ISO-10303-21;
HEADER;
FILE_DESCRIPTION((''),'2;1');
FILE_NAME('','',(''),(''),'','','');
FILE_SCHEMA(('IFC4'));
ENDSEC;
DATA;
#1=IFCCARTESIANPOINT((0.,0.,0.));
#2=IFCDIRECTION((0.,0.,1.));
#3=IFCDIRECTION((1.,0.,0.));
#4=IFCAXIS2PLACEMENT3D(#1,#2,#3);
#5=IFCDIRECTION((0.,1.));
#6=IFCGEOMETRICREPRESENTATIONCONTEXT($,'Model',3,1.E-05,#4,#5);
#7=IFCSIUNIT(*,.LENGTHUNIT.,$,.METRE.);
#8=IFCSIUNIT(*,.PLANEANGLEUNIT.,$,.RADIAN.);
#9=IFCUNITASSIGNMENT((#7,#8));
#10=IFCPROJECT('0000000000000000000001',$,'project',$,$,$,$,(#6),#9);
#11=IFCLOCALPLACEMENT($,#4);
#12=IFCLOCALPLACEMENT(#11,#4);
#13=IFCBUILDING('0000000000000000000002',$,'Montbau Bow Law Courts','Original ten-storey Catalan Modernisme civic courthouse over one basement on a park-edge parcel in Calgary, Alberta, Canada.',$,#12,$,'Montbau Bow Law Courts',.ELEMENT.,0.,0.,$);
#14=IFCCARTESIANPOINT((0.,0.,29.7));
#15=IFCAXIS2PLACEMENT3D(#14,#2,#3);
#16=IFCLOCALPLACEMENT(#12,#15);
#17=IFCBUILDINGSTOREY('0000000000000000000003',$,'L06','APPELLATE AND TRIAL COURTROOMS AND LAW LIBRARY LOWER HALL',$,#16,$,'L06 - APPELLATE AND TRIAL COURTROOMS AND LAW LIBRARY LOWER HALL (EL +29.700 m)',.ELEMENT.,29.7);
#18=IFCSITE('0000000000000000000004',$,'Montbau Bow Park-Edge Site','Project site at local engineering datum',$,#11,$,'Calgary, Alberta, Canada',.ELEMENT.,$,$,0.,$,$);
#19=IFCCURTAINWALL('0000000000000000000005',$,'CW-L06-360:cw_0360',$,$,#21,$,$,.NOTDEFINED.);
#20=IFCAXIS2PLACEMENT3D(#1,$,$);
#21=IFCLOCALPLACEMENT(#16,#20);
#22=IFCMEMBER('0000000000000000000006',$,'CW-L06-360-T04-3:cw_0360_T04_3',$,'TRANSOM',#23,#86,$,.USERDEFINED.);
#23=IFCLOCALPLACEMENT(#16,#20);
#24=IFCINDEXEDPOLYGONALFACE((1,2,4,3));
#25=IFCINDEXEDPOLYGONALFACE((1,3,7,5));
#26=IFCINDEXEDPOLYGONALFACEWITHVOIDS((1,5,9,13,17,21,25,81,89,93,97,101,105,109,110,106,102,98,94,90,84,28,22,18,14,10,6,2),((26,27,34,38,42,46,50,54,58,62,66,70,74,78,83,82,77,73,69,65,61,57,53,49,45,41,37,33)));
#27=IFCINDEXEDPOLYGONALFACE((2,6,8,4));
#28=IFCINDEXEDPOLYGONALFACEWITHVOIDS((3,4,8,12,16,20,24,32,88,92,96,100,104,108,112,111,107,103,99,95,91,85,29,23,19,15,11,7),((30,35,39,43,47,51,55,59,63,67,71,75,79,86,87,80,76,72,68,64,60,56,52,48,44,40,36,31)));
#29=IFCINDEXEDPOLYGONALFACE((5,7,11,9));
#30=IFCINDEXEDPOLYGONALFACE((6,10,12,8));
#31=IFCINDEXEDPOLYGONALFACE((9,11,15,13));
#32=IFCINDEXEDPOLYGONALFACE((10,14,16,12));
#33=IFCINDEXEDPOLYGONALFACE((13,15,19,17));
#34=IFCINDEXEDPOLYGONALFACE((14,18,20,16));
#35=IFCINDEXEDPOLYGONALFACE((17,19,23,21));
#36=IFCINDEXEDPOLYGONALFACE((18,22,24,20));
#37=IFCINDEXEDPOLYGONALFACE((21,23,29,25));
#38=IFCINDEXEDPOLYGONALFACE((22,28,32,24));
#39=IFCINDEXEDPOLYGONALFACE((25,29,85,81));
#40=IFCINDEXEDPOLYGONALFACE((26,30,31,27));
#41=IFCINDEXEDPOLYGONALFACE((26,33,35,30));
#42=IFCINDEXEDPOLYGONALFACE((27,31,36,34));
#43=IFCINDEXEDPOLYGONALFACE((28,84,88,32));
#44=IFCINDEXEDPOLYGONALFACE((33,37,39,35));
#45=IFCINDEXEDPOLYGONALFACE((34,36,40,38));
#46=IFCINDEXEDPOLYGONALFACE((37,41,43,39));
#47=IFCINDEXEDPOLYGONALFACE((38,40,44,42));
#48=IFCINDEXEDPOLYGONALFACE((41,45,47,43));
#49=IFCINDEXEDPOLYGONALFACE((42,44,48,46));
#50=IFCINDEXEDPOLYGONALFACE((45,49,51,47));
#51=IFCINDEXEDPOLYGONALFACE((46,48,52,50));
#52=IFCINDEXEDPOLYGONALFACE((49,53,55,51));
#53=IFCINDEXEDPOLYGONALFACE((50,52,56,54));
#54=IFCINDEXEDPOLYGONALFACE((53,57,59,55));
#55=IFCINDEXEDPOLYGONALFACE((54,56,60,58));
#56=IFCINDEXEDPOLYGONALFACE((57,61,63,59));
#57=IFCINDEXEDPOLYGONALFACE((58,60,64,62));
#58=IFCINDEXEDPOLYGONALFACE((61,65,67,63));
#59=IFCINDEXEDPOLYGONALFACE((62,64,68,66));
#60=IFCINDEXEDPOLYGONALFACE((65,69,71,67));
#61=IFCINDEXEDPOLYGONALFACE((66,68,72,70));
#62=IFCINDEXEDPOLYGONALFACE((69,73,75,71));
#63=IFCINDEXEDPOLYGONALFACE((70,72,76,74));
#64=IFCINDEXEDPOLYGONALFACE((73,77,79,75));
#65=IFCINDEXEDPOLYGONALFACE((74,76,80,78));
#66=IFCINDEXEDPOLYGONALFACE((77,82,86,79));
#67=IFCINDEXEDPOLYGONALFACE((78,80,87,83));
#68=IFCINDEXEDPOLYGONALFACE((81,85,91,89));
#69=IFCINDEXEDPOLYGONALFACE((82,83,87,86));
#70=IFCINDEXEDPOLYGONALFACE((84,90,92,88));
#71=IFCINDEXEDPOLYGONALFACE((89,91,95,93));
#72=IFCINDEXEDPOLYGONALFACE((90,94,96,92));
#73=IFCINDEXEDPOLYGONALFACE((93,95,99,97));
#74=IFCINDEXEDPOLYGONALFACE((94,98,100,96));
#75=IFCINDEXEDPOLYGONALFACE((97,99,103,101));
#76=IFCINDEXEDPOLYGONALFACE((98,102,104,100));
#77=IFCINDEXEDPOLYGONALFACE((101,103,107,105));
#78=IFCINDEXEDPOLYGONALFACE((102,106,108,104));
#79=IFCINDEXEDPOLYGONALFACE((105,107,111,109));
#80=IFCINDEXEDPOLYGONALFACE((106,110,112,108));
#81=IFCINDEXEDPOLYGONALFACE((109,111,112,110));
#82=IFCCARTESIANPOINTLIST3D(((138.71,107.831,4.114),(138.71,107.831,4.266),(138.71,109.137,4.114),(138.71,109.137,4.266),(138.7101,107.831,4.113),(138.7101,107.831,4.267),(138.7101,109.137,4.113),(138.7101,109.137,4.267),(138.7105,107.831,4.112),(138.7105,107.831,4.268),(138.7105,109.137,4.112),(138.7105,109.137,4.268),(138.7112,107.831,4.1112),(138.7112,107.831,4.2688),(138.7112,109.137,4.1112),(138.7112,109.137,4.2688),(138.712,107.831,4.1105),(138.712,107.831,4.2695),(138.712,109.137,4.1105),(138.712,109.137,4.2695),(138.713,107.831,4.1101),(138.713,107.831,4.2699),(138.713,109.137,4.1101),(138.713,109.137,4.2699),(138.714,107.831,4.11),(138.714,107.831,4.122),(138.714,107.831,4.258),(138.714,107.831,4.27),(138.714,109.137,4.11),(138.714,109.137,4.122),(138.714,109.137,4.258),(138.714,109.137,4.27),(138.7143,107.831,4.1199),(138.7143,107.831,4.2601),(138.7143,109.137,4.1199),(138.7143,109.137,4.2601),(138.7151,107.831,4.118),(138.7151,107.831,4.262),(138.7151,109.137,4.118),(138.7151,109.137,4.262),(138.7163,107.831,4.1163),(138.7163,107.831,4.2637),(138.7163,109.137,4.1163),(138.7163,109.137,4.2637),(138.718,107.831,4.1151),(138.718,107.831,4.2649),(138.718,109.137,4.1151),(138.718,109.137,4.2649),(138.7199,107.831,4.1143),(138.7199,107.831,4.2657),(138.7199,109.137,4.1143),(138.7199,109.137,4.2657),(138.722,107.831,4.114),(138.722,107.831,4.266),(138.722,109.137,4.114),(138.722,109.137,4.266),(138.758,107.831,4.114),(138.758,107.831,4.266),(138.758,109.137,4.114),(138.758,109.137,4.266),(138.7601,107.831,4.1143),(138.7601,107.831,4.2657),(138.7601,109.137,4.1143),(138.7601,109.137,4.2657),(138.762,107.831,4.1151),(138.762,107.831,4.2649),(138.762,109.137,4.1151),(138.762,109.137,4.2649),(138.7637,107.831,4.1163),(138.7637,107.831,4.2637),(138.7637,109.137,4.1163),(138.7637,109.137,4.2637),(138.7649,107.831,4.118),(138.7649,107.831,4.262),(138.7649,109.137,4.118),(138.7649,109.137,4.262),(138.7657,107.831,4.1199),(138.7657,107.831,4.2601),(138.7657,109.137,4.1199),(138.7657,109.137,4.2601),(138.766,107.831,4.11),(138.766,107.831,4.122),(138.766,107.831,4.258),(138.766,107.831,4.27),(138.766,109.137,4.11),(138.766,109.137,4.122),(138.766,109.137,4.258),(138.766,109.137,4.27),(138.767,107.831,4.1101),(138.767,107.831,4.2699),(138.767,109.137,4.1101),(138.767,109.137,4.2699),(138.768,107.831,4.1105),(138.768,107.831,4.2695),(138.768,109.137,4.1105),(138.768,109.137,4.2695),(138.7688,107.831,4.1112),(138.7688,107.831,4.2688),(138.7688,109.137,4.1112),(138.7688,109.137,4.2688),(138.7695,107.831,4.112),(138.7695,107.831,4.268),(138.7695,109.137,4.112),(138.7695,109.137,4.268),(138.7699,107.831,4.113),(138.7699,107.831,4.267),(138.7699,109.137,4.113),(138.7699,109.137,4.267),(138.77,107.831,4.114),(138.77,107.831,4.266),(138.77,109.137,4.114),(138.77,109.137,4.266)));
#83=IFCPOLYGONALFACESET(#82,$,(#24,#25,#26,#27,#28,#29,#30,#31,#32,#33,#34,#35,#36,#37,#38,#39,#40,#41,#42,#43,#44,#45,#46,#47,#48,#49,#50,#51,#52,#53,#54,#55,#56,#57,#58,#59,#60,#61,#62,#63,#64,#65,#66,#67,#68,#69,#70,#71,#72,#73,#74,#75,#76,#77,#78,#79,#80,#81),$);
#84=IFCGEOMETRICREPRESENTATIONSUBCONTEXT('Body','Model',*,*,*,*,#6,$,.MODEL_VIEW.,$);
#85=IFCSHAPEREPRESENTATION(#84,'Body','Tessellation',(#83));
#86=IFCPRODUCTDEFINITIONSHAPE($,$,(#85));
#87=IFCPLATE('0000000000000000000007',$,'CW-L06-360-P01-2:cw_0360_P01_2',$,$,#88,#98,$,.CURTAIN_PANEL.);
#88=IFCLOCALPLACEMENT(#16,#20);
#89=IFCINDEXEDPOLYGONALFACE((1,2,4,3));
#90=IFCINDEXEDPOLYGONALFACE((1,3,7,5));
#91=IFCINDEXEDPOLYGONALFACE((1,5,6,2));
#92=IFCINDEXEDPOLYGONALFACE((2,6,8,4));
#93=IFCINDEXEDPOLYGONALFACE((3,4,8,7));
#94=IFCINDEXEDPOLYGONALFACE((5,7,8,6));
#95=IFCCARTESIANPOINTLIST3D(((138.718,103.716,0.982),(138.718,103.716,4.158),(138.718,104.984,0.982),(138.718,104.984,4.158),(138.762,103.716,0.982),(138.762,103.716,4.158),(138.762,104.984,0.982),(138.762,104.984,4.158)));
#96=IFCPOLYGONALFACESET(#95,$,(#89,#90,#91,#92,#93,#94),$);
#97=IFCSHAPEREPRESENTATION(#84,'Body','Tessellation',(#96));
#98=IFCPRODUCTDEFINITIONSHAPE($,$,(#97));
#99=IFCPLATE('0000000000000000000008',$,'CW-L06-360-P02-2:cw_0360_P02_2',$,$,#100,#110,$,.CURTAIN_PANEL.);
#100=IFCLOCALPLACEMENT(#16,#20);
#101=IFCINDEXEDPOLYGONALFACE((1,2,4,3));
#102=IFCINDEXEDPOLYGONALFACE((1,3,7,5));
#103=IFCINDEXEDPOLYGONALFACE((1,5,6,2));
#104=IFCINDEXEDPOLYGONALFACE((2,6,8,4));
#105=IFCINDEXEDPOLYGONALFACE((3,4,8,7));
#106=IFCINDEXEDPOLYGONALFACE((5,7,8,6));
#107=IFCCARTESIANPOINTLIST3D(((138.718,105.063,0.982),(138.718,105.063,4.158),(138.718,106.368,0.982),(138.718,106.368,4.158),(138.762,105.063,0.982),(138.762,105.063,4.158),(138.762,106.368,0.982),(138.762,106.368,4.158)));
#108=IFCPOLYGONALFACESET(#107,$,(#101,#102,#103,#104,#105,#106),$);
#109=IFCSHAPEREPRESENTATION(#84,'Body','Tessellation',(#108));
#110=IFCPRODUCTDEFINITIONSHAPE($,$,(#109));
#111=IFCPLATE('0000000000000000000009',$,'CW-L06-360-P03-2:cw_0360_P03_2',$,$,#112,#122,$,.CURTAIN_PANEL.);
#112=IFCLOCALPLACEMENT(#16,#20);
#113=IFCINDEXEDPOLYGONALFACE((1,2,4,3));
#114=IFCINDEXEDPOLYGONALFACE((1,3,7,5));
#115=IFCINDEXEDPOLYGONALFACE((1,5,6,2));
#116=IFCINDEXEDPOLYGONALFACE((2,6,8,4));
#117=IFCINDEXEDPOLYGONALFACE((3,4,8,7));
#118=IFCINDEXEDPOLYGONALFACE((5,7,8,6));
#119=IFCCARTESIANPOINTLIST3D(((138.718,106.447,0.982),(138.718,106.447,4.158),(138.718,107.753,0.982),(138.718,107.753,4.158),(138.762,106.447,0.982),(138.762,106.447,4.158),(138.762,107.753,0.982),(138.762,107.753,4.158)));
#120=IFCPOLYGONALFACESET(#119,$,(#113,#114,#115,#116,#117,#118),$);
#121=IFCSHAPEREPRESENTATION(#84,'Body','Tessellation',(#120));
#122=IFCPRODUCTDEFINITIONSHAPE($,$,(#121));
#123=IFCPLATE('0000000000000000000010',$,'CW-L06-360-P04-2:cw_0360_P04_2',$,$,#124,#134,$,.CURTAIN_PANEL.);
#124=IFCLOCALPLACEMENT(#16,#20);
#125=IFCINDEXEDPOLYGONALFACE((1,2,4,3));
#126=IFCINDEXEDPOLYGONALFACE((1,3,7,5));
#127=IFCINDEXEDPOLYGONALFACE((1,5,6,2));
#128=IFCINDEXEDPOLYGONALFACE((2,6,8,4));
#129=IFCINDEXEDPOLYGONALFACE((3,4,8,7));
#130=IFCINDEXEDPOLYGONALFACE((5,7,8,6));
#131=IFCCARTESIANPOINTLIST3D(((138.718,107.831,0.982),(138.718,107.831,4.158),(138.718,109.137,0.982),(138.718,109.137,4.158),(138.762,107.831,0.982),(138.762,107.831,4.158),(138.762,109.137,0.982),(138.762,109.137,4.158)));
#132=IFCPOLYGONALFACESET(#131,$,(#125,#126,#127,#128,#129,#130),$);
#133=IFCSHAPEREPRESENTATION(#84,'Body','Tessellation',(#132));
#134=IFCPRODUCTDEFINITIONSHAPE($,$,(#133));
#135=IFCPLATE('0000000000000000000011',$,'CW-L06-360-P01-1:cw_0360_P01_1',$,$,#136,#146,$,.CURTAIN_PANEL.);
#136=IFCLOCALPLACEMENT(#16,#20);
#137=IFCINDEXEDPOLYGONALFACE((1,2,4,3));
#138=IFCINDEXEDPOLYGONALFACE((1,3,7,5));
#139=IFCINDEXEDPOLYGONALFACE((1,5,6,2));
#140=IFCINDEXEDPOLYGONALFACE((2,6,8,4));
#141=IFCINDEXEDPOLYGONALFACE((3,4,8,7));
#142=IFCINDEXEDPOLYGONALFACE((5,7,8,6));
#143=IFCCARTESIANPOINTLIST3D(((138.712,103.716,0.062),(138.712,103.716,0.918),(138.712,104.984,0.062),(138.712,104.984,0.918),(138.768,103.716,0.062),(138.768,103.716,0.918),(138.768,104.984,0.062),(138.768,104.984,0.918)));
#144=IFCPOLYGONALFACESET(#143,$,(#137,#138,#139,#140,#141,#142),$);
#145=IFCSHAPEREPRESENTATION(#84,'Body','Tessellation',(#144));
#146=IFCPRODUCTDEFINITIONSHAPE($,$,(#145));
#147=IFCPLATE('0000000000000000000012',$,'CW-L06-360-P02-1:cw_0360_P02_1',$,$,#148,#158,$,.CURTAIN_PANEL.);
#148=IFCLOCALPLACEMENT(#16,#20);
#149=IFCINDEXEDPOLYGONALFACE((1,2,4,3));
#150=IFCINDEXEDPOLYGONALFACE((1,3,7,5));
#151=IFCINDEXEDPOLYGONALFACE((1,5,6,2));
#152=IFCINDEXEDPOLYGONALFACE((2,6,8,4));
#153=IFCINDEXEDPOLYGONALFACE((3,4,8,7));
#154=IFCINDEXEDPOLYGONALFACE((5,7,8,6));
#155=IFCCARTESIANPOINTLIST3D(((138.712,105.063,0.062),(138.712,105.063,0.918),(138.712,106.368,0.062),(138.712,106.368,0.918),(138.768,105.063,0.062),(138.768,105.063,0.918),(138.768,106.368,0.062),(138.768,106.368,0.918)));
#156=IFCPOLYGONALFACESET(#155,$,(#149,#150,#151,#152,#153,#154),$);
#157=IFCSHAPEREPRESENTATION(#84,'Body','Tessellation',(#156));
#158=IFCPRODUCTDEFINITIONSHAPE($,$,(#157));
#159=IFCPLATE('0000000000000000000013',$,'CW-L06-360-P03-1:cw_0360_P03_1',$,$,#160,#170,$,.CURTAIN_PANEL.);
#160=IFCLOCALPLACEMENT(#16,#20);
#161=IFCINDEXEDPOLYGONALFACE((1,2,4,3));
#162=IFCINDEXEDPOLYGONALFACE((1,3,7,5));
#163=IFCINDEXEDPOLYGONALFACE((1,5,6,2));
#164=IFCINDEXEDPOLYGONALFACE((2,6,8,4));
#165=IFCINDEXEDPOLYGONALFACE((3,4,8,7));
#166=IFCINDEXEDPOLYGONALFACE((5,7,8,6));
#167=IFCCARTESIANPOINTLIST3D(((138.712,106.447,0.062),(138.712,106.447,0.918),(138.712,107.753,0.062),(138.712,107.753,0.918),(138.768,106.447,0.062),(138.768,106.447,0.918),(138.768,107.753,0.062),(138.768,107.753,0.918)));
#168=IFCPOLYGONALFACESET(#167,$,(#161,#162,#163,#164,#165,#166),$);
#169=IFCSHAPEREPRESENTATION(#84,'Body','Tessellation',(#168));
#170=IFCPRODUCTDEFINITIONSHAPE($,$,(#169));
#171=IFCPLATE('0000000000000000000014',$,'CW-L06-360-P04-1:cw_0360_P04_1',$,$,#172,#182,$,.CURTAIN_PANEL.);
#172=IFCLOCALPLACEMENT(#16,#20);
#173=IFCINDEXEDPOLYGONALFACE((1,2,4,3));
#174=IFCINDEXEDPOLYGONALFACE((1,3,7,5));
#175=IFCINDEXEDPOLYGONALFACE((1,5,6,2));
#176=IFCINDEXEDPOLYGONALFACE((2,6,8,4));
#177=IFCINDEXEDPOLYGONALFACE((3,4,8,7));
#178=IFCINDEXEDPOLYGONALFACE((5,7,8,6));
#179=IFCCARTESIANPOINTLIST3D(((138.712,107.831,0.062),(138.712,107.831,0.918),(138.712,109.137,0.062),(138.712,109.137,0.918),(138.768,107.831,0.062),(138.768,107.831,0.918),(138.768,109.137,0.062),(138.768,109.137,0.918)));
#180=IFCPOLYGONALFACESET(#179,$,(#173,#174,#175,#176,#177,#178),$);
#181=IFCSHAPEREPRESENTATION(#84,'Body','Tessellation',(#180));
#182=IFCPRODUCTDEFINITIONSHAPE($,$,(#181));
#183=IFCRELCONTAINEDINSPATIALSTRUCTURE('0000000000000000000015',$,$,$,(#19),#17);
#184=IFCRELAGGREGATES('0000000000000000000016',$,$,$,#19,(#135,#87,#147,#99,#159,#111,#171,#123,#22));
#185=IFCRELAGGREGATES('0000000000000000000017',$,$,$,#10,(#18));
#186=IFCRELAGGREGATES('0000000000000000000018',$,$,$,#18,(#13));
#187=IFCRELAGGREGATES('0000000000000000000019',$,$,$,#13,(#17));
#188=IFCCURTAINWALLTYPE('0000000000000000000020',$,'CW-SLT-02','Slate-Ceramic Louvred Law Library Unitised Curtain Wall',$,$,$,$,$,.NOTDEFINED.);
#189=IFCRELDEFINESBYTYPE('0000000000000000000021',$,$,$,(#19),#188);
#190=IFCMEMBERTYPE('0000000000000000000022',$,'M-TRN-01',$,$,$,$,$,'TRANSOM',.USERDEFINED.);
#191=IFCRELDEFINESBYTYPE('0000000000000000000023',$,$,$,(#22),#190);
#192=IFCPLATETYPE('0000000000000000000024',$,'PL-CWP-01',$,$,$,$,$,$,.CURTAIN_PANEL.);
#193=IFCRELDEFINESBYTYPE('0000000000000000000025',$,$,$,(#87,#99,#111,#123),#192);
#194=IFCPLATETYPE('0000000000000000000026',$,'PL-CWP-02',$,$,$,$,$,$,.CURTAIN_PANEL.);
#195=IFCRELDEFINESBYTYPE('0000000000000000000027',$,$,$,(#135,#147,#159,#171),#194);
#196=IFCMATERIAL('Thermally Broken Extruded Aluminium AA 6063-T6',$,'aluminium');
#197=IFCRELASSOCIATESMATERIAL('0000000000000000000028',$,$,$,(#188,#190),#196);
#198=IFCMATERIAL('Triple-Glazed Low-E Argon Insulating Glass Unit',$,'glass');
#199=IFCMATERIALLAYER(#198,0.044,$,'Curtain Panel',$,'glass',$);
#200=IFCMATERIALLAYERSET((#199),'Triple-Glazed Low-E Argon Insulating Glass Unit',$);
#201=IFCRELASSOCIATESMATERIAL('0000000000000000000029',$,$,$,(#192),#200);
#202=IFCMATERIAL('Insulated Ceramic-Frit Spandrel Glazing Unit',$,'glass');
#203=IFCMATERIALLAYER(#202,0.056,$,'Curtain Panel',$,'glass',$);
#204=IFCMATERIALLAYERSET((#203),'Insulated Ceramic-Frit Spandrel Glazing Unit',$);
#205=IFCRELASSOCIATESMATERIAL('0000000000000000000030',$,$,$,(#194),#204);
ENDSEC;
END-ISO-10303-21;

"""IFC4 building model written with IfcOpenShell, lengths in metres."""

from ifc_helpers import new_model, si_unit, direction, frame, frame_2d, origin_with_axes, origin_2d_with_axis, place, context, subcontext, project, spatial, rectangle, hollow_rectangle, extrude, material, layer, layer_set, material_profile, profile_set, type_object, element, aggregate, save


model = new_model("IFC4")

# Units and contexts
model_context = context("Model", 3, precision=1e-05, world=origin_with_axes(), true_north=direction((0.0, 1.0)))
body_context = subcontext(model_context, "Body", "Model", "MODEL_VIEW")
ifc_project = project(units=[si_unit("LENGTHUNIT", "METRE"), si_unit("PLANEANGLEUNIT", "RADIAN")], contexts=[model_context])

# Site, building, storey
site_placement = place(None, origin_with_axes())
site = spatial("IfcSite", under=ifc_project, at=site_placement, Name="Montbau Bow Park-Edge Site", Description="Project site at local engineering datum", LongName="Calgary, Alberta, Canada", CompositionType="ELEMENT", RefElevation=0.0)
building_placement = place(site_placement, origin_with_axes())
building = spatial("IfcBuilding", under=site, at=building_placement, Name="Montbau Bow Law Courts", Description="Original ten-storey Catalan Modernisme civic courthouse over one basement on a park-edge parcel in Calgary, Alberta, Canada.", LongName="Montbau Bow Law Courts", CompositionType="ELEMENT", ElevationOfRefHeight=0.0, ElevationOfTerrain=0.0)
storey_placement = place(building_placement, frame((0.0, 0.0, 29.7), z_axis=(0.0, 0.0, 1.0), x_axis=(1.0, 0.0, 0.0)))
storey = spatial("IfcBuildingStorey", under=building, at=storey_placement, Name="L06", Description="APPELLATE AND TRIAL COURTROOMS AND LAW LIBRARY LOWER HALL", LongName="L06 - APPELLATE AND TRIAL COURTROOMS AND LAW LIBRARY LOWER HALL (EL +29.700 m)", CompositionType="ELEMENT", Elevation=29.7)

# Curtain wall, member, plates
ifc_material_1 = material(Name="Thermally Broken Extruded Aluminium AA 6063-T6", Category="aluminium")
curtain_wall_type = type_object("IfcCurtainWallType", Name="CW-SLT-02", Description="Slate-Ceramic Louvred Law Library Unitised Curtain Wall", PredefinedType="NOTDEFINED", material=ifc_material_1)
curtain_wall_placement = place(None, frame((138.74, 103.64, 29.7), z_axis=(0.0, 0.0, 1.0), x_axis=(1.0, 0.0, 0.0)))
curtain_wall = element("IfcCurtainWall", 1, at=curtain_wall_placement, inside=storey, type_object=curtain_wall_type, Name="CW-L06-360:cw_0360", PredefinedType="NOTDEFINED")
ifc_material_profile_1 = material_profile(ifc_material_1, hollow_rectangle(XDim=0.06, YDim=0.16, WallThickness=0.004, InnerFilletRadius=0.008, OuterFilletRadius=0.004, at=origin_2d_with_axis()), Name="CWT-160X60", Category="Main", Priority=0)
ifc_profile_set_1 = profile_set([ifc_material_profile_1], Name="Thermally Broken Extruded Aluminium AA 6063-T6")
member_type_1 = type_object("IfcMemberType", Name="M-TRN-01", ElementType="TRANSOM", PredefinedType="USERDEFINED", material=ifc_profile_set_1)
member_1_placement = place(None, frame((138.74, 107.831, 33.89), z_axis=(0.0, 1.0, 0.0), x_axis=(-1.0, 0.0, 0.0)))
member_1 = element("IfcMember", 2, at=member_1_placement, type_object=member_type_1, Name="CW-L06-360-T04-3:cw_0360_T04_3", ObjectType="TRANSOM", PredefinedType="USERDEFINED", context=body_context, shape_type="SweptSolid", body=[
    extrude(hollow_rectangle(XDim=0.06, YDim=0.16, WallThickness=0.004, InnerFilletRadius=0.008, OuterFilletRadius=0.004, at=origin_2d_with_axis()), origin_with_axes(), (0.0, 0.0, 1.0), 1.306),
])
ifc_material_2 = material(Name="Triple-Glazed Low-E Argon Insulating Glass Unit", Category="glass")
ifc_layer_1 = layer(ifc_material_2, 0.044, Name="Curtain Panel", Category="glass")
ifc_layer_set_1 = layer_set([ifc_layer_1], Name="Triple-Glazed Low-E Argon Insulating Glass Unit")
plate_type_1 = type_object("IfcPlateType", Name="PL-CWP-01", PredefinedType="CURTAIN_PANEL", material=ifc_layer_set_1)
plate_1_placement = place(None, frame((138.74, 103.716, 30.682), z_axis=(1.0, 0.0, 0.0), x_axis=(0.0, 1.0, 0.0)))
plate_1 = element("IfcPlate", 3, at=plate_1_placement, type_object=plate_type_1, Name="CW-L06-360-P01-2:cw_0360_P01_2", PredefinedType="CURTAIN_PANEL", context=body_context, shape_type="SweptSolid", body=[
    extrude(rectangle(XDim=1.268, YDim=3.176, at=frame_2d((0.634, 1.588), x_axis=(1.0, 0.0))), frame((0.0, 0.0, -0.022), z_axis=(0.0, 0.0, 1.0), x_axis=(1.0, 0.0, 0.0)), (0.0, 0.0, 1.0), 0.044),
])
plate_2_placement = place(None, frame((138.74, 105.063, 30.682), z_axis=(1.0, 0.0, 0.0), x_axis=(0.0, 1.0, 0.0)))
plate_2 = element("IfcPlate", 4, at=plate_2_placement, type_object=plate_type_1, Name="CW-L06-360-P02-2:cw_0360_P02_2", PredefinedType="CURTAIN_PANEL", context=body_context, shape_type="SweptSolid", body=[
    extrude(rectangle(XDim=1.305, YDim=3.176, at=frame_2d((0.6525, 1.588), x_axis=(1.0, 0.0))), frame((0.0, 0.0, -0.022), z_axis=(0.0, 0.0, 1.0), x_axis=(1.0, 0.0, 0.0)), (0.0, 0.0, 1.0), 0.044),
])
plate_3_placement = place(None, frame((138.74, 106.447, 30.682), z_axis=(1.0, 0.0, 0.0), x_axis=(0.0, 1.0, 0.0)))
plate_3 = element("IfcPlate", 5, at=plate_3_placement, type_object=plate_type_1, Name="CW-L06-360-P03-2:cw_0360_P03_2", PredefinedType="CURTAIN_PANEL", context=body_context, shape_type="SweptSolid", body=[
    extrude(rectangle(XDim=1.306, YDim=3.176, at=frame_2d((0.653, 1.588), x_axis=(1.0, 0.0))), frame((0.0, 0.0, -0.022), z_axis=(0.0, 0.0, 1.0), x_axis=(1.0, 0.0, 0.0)), (0.0, 0.0, 1.0), 0.044),
])
plate_4_placement = place(None, frame((138.74, 107.831, 30.682), z_axis=(1.0, 0.0, 0.0), x_axis=(0.0, 1.0, 0.0)))
plate_4 = element("IfcPlate", 6, at=plate_4_placement, type_object=plate_type_1, Name="CW-L06-360-P04-2:cw_0360_P04_2", PredefinedType="CURTAIN_PANEL", context=body_context, shape_type="SweptSolid", body=[
    extrude(rectangle(XDim=1.306, YDim=3.176, at=frame_2d((0.653, 1.588), x_axis=(1.0, 0.0))), frame((0.0, 0.0, -0.022), z_axis=(0.0, 0.0, 1.0), x_axis=(1.0, 0.0, 0.0)), (0.0, 0.0, 1.0), 0.044),
])
ifc_material_3 = material(Name="Insulated Ceramic-Frit Spandrel Glazing Unit", Category="glass")
ifc_layer_2 = layer(ifc_material_3, 0.056, Name="Curtain Panel", Category="glass")
ifc_layer_set_2 = layer_set([ifc_layer_2], Name="Insulated Ceramic-Frit Spandrel Glazing Unit")
plate_type_2 = type_object("IfcPlateType", Name="PL-CWP-02", PredefinedType="CURTAIN_PANEL", material=ifc_layer_set_2)
plate_5_placement = place(None, frame((138.74, 103.716, 29.762), z_axis=(1.0, 0.0, 0.0), x_axis=(0.0, 1.0, 0.0)))
plate_5 = element("IfcPlate", 7, at=plate_5_placement, type_object=plate_type_2, Name="CW-L06-360-P01-1:cw_0360_P01_1", PredefinedType="CURTAIN_PANEL", context=body_context, shape_type="SweptSolid", body=[
    extrude(rectangle(XDim=1.268, YDim=0.856, at=frame_2d((0.634, 0.428), x_axis=(1.0, 0.0))), frame((0.0, 0.0, -0.028), z_axis=(0.0, 0.0, 1.0), x_axis=(1.0, 0.0, 0.0)), (0.0, 0.0, 1.0), 0.056),
])
plate_6_placement = place(None, frame((138.74, 105.063, 29.762), z_axis=(1.0, 0.0, 0.0), x_axis=(0.0, 1.0, 0.0)))
plate_6 = element("IfcPlate", 8, at=plate_6_placement, type_object=plate_type_2, Name="CW-L06-360-P02-1:cw_0360_P02_1", PredefinedType="CURTAIN_PANEL", context=body_context, shape_type="SweptSolid", body=[
    extrude(rectangle(XDim=1.305, YDim=0.856, at=frame_2d((0.6525, 0.428), x_axis=(1.0, 0.0))), frame((0.0, 0.0, -0.028), z_axis=(0.0, 0.0, 1.0), x_axis=(1.0, 0.0, 0.0)), (0.0, 0.0, 1.0), 0.056),
])
plate_7_placement = place(None, frame((138.74, 106.447, 29.762), z_axis=(1.0, 0.0, 0.0), x_axis=(0.0, 1.0, 0.0)))
plate_7 = element("IfcPlate", 9, at=plate_7_placement, type_object=plate_type_2, Name="CW-L06-360-P03-1:cw_0360_P03_1", PredefinedType="CURTAIN_PANEL", context=body_context, shape_type="SweptSolid", body=[
    extrude(rectangle(XDim=1.306, YDim=0.856, at=frame_2d((0.653, 0.428), x_axis=(1.0, 0.0))), frame((0.0, 0.0, -0.028), z_axis=(0.0, 0.0, 1.0), x_axis=(1.0, 0.0, 0.0)), (0.0, 0.0, 1.0), 0.056),
])
plate_8_placement = place(None, frame((138.74, 107.831, 29.762), z_axis=(1.0, 0.0, 0.0), x_axis=(0.0, 1.0, 0.0)))
plate_8 = element("IfcPlate", 10, at=plate_8_placement, type_object=plate_type_2, Name="CW-L06-360-P04-1:cw_0360_P04_1", PredefinedType="CURTAIN_PANEL", context=body_context, shape_type="SweptSolid", body=[
    extrude(rectangle(XDim=1.306, YDim=0.856, at=frame_2d((0.653, 0.428), x_axis=(1.0, 0.0))), frame((0.0, 0.0, -0.028), z_axis=(0.0, 0.0, 1.0), x_axis=(1.0, 0.0, 0.0)), (0.0, 0.0, 1.0), 0.056),
])
aggregate(curtain_wall, [plate_5, plate_1, plate_6, plate_2, plate_7, plate_3, plate_8, plate_4, member_1])

save(model, "model.ifc")
